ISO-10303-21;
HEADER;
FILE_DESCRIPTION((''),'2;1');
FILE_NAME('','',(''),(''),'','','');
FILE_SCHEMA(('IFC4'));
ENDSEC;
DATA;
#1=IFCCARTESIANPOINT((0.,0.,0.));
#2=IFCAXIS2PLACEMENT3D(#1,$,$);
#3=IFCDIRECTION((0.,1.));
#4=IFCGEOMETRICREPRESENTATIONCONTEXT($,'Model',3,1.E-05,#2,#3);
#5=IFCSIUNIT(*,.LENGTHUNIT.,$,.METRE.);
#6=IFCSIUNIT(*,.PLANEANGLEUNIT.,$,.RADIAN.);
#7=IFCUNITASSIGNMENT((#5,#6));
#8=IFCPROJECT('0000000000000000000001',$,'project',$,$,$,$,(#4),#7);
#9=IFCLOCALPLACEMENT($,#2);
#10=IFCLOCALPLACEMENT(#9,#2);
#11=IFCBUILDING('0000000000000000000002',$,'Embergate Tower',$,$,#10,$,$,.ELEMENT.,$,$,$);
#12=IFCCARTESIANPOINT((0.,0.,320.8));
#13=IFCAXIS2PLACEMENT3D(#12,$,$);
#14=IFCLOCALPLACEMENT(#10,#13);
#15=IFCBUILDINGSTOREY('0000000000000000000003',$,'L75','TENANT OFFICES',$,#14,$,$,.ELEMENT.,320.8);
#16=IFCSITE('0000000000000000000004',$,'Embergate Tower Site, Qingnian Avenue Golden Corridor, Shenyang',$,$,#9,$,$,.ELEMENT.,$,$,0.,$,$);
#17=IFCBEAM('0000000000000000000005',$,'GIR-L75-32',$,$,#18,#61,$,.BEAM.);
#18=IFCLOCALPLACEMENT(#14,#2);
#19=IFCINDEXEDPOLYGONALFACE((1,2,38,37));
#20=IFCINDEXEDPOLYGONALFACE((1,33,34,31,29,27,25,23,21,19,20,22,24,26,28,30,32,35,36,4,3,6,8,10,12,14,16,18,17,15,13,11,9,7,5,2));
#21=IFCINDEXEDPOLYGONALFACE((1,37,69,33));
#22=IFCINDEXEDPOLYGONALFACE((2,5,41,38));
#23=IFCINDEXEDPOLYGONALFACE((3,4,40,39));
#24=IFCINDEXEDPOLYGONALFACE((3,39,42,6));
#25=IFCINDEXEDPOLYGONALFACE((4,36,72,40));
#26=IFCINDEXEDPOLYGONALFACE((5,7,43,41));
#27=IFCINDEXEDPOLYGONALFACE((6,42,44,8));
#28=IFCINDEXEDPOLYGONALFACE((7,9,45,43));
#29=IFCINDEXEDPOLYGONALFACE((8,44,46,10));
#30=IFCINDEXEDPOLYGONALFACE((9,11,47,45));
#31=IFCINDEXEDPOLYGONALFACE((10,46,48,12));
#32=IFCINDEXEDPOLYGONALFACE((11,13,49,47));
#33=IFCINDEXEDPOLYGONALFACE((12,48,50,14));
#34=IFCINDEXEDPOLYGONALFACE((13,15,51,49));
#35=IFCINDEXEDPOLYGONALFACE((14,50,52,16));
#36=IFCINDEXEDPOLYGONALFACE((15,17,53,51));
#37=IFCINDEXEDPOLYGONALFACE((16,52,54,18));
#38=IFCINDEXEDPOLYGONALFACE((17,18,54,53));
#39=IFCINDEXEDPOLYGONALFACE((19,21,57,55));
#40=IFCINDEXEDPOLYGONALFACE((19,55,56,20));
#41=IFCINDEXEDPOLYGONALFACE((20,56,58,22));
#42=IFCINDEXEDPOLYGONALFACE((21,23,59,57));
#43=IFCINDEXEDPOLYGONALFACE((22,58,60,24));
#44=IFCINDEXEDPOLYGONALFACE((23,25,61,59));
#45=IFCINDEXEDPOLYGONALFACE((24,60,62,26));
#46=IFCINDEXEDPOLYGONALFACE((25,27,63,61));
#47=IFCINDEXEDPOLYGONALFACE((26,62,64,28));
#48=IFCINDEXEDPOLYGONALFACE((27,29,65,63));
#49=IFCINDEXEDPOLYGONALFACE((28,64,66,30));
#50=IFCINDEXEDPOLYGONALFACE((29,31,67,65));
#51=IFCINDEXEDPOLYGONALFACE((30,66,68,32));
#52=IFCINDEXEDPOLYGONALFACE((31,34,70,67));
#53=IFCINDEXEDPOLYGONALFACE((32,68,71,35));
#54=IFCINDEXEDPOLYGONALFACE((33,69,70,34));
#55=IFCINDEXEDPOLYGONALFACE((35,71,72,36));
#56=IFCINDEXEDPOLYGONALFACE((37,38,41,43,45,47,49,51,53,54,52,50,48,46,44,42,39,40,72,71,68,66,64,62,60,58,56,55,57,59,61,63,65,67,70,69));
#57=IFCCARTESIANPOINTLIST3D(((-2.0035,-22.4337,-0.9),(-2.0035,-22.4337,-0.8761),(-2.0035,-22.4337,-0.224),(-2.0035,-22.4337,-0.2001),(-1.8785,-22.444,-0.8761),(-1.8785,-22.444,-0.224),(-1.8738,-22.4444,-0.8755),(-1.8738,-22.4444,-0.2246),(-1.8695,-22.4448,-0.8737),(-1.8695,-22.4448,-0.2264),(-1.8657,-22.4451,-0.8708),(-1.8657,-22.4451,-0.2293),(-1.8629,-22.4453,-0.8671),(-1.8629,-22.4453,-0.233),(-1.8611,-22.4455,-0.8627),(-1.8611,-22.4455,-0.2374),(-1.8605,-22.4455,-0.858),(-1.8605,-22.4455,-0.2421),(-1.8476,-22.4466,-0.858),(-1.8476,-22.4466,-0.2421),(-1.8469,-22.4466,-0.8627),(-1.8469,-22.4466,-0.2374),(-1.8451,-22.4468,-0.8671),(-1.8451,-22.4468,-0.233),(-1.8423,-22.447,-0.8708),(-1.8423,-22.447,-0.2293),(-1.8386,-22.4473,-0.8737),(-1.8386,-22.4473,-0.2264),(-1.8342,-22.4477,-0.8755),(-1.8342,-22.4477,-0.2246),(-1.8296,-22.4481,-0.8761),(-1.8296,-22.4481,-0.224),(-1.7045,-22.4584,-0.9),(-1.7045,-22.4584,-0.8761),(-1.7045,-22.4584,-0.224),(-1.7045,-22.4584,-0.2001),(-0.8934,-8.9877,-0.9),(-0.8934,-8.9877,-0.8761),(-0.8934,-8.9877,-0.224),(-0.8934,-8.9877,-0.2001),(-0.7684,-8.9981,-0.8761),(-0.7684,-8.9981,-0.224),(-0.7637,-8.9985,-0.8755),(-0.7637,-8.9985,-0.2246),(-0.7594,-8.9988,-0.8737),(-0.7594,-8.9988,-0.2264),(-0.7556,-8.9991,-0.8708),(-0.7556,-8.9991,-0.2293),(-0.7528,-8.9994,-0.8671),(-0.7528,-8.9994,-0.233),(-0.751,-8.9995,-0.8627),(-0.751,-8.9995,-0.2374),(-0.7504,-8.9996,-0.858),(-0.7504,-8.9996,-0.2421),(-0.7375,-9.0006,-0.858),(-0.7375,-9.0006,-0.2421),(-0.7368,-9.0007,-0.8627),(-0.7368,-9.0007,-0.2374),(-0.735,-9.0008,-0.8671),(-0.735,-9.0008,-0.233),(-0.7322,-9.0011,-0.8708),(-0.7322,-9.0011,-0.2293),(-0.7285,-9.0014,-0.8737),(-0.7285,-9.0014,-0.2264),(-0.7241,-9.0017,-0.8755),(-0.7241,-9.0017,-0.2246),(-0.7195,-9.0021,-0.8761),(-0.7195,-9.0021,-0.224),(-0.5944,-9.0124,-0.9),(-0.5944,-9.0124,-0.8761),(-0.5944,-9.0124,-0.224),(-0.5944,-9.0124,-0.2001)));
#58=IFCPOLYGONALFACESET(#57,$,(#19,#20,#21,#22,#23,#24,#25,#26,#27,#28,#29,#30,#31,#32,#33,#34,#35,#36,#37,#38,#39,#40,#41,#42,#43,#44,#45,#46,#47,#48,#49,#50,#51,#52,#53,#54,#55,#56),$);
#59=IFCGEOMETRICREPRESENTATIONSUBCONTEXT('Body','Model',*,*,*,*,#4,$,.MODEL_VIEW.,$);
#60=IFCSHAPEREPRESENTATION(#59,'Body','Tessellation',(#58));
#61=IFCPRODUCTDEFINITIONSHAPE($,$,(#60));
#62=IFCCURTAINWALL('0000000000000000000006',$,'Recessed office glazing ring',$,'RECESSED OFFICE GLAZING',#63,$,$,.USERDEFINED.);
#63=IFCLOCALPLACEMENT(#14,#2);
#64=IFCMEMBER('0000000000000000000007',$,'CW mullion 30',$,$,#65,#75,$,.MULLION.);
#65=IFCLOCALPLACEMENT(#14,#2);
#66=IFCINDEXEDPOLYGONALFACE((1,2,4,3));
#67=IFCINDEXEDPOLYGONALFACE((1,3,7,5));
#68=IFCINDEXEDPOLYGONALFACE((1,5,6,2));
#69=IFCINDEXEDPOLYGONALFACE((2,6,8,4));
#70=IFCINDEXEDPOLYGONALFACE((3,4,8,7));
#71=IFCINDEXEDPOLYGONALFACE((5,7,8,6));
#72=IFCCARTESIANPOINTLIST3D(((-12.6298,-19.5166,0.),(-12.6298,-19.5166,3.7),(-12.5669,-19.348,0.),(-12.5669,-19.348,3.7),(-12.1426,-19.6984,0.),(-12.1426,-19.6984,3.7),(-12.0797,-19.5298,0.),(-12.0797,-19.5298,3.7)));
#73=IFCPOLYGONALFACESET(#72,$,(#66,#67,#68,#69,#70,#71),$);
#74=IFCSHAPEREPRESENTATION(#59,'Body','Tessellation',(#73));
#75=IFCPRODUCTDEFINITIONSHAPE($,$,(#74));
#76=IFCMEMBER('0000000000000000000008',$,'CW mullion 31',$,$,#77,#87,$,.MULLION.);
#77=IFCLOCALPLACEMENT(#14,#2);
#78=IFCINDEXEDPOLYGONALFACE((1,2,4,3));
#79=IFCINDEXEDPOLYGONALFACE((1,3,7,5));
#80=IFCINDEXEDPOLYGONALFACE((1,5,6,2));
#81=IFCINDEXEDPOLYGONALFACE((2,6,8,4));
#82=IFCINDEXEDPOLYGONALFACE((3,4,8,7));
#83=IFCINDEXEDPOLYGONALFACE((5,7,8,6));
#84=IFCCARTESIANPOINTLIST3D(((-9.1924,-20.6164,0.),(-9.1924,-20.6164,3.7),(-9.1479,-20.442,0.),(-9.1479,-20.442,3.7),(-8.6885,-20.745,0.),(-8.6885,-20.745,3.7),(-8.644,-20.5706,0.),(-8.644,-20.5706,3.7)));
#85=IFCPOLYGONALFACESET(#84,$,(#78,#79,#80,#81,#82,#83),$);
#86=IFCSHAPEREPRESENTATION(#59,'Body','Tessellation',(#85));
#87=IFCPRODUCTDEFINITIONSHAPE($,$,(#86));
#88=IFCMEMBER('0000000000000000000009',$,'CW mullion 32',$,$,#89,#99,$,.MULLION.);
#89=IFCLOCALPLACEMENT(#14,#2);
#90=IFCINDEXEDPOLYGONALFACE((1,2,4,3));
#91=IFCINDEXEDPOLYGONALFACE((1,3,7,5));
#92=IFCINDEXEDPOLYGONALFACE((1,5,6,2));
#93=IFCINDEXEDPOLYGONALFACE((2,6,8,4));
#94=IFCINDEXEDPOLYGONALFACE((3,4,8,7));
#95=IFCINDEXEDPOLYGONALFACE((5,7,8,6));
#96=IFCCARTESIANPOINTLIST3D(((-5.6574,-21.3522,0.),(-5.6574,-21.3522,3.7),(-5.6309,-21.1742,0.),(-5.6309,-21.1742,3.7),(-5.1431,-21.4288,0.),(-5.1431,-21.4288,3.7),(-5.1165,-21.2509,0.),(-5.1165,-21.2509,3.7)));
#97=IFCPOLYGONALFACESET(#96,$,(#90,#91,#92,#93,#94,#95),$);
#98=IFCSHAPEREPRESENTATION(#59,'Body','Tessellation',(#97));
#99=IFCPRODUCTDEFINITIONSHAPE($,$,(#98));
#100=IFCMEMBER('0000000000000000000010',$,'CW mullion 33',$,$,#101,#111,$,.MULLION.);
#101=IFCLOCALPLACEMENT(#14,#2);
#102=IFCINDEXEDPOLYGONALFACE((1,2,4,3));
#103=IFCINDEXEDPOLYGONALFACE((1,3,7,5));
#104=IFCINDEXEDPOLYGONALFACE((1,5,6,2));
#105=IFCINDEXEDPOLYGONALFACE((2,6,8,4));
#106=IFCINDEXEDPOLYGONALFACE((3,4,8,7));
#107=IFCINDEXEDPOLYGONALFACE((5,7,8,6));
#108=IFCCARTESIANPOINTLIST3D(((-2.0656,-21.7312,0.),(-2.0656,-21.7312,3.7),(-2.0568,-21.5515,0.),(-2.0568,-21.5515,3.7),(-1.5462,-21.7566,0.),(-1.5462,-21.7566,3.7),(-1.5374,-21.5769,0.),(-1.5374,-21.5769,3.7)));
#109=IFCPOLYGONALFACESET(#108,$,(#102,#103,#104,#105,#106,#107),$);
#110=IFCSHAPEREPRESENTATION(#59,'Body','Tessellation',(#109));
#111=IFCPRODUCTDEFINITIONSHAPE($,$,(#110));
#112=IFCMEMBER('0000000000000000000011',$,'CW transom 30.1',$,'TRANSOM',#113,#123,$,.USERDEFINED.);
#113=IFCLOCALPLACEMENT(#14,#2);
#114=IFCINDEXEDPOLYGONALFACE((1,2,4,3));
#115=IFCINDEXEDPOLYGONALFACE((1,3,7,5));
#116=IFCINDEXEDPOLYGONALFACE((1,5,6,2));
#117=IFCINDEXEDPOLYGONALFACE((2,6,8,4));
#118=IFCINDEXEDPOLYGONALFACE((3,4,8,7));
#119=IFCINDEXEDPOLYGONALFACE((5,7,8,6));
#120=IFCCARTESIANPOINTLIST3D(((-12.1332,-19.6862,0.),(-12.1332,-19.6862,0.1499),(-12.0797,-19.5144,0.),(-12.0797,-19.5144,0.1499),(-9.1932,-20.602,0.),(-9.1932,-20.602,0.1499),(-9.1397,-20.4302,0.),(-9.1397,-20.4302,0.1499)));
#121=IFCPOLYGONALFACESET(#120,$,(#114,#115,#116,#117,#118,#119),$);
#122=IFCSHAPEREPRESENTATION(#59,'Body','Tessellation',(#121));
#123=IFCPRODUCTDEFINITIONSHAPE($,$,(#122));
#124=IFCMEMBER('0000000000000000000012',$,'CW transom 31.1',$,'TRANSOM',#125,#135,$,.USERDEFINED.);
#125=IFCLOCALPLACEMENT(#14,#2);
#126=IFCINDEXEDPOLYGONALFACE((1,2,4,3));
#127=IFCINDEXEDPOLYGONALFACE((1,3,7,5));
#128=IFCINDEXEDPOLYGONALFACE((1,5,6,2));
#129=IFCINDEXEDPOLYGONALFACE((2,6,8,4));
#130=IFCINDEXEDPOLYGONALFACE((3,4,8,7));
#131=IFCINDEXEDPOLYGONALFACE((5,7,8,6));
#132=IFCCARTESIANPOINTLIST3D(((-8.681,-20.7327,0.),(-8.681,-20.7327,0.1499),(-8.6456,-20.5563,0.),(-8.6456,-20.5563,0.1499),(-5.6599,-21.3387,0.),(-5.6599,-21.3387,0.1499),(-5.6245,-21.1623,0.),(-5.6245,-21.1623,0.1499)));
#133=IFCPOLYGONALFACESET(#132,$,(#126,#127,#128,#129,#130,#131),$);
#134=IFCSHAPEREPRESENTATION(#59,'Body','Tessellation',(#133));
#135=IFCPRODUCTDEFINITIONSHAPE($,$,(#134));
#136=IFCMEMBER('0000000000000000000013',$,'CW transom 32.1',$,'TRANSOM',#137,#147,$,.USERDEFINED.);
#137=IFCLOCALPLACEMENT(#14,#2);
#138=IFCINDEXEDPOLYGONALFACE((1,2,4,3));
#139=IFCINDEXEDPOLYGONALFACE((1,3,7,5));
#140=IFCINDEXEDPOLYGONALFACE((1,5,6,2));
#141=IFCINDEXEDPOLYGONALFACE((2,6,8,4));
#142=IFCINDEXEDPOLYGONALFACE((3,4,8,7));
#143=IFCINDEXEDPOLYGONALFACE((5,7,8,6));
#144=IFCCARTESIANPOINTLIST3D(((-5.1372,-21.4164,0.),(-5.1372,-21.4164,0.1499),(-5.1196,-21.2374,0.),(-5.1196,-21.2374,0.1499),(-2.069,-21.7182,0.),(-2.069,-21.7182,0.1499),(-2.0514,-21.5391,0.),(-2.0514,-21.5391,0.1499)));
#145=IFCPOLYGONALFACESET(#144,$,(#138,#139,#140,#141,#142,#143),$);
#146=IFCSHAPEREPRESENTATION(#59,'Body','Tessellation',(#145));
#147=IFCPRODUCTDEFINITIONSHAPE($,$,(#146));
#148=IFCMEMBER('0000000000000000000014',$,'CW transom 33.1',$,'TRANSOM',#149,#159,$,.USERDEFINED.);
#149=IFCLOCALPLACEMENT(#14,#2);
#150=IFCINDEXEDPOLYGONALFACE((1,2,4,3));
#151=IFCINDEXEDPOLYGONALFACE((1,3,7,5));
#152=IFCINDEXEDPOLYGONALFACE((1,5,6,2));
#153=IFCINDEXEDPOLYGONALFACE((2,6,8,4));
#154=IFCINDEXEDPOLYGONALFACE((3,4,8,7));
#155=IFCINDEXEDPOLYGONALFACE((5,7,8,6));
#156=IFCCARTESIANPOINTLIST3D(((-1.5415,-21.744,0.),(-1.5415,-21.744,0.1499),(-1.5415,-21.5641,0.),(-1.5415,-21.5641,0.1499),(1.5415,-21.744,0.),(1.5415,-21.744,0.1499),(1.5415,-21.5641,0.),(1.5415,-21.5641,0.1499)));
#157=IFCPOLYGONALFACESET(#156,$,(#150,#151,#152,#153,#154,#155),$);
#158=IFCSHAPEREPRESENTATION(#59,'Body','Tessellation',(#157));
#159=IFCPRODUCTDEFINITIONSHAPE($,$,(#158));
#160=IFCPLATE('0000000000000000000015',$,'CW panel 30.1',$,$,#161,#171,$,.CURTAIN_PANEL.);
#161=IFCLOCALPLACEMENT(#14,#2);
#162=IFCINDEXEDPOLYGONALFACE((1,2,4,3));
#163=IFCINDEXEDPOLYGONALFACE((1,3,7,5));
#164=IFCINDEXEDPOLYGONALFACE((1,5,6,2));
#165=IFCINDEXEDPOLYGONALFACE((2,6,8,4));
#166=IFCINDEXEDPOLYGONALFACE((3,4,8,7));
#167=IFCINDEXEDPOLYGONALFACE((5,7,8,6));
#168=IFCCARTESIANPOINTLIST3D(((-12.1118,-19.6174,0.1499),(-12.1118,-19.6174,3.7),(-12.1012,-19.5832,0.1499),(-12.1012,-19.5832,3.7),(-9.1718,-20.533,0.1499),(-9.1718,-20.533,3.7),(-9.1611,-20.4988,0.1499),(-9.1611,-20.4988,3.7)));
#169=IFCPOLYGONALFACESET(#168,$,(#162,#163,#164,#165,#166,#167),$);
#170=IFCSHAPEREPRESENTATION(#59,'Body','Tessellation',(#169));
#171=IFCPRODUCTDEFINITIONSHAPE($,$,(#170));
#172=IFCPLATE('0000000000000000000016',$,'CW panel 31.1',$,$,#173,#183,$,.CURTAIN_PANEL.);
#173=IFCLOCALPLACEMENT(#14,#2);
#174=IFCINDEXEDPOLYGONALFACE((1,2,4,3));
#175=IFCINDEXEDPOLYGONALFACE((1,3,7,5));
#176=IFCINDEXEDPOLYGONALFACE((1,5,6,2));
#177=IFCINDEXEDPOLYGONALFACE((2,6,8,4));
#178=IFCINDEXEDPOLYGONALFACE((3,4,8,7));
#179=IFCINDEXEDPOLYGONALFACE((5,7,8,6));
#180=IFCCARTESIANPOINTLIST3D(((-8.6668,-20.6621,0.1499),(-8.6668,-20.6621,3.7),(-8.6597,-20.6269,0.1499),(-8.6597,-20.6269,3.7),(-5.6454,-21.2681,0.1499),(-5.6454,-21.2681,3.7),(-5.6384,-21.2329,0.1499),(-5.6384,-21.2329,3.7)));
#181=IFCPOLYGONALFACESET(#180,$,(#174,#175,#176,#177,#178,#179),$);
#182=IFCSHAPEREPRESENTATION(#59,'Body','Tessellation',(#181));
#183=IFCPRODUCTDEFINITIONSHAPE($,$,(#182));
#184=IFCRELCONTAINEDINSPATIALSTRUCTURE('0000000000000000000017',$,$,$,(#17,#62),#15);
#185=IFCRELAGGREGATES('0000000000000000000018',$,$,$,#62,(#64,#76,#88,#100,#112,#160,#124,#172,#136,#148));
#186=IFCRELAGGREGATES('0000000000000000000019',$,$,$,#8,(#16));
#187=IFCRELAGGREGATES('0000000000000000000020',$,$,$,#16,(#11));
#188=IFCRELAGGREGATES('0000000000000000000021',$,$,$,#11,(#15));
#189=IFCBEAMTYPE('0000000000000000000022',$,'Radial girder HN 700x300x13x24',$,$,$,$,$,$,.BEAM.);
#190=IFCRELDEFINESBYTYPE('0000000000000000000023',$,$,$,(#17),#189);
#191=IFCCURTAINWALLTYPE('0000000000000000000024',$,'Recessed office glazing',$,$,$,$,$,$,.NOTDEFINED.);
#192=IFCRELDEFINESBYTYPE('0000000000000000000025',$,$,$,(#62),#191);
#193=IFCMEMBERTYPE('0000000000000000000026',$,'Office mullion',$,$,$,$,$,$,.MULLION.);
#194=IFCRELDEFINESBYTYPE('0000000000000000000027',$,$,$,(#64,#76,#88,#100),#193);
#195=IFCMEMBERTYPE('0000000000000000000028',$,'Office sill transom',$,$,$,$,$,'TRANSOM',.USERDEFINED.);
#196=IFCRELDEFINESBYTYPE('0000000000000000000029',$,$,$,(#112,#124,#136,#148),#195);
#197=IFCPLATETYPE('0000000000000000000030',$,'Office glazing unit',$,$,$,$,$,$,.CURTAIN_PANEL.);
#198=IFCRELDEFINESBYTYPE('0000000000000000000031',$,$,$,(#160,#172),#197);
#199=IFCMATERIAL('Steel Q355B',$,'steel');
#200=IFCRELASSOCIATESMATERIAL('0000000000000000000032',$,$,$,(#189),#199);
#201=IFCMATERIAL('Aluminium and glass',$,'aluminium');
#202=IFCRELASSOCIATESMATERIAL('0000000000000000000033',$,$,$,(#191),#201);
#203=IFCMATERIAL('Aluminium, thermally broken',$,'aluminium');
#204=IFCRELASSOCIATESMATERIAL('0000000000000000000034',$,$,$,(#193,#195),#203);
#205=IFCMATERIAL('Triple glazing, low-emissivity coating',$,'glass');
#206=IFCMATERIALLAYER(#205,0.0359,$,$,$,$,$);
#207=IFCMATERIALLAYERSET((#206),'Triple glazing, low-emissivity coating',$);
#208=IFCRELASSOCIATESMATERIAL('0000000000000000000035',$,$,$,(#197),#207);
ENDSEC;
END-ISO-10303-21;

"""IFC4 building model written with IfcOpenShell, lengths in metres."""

from ifc_helpers import new_model, si_unit, direction, frame, origin, origin_2d, place, context, subcontext, project, spatial, rectangle, i_section, extrude, source, transform, mapped, material, layer, layer_set, material_profile, profile_set, type_object, element, aggregate, save


model = new_model("IFC4")

# Units and contexts
model_context = context("Model", 3, precision=1e-05, world=origin(), true_north=direction((0.0, 1.0)))
body_context = subcontext(model_context, "Body", "Model", "MODEL_VIEW")
ifc_project = project(units=[si_unit("LENGTHUNIT", "METRE"), si_unit("PLANEANGLEUNIT", "RADIAN")], contexts=[model_context])

# Site, building, storey
site_placement = place(None, origin())
site = spatial("IfcSite", under=ifc_project, at=site_placement, Name="Embergate Tower Site, Qingnian Avenue Golden Corridor, Shenyang", CompositionType="ELEMENT", RefElevation=0.0)
building_placement = place(site_placement, origin())
building = spatial("IfcBuilding", under=site, at=building_placement, Name="Embergate Tower", CompositionType="ELEMENT")
storey_placement = place(building_placement, frame((0.0, 0.0, 320.8)))
storey = spatial("IfcBuildingStorey", under=building, at=storey_placement, Name="L75", Description="TENANT OFFICES", CompositionType="ELEMENT", Elevation=320.8)

# Beam
ifc_material_1 = material(Name="Steel Q355B", Category="steel")
ifc_material_profile_1 = material_profile(ifc_material_1, i_section(OverallWidth=0.3, OverallDepth=0.7, WebThickness=0.0129, FlangeThickness=0.0239, FilletRadius=0.0181, at=origin_2d()), Name="HN 700x300x13x24")
ifc_profile_set_1 = profile_set([ifc_material_profile_1], Name="Steel Q355 grade B")
beam_type_1 = type_object("IfcBeamType", Name="Radial girder HN 700x300x13x24", PredefinedType="BEAM", material=ifc_profile_set_1)
shared_shape_1 = source(origin(), body_context, "Body", "SweptSolid", [
    extrude(i_section(OverallWidth=0.3, OverallDepth=0.7, WebThickness=0.0129, FlangeThickness=0.0239, FilletRadius=0.0181, at=origin_2d()), origin(), (0.0, 0.0, 1.0), 13.4917),
])
beam_1_placement = place(storey_placement, frame((-1.854, -22.446, -0.55), z_axis=(0.08228, 0.996609, 0.0), x_axis=(-0.996609, 0.08228, 0.0)))
element("IfcBeam", 1, at=beam_1_placement, inside=storey, type_object=beam_type_1, Name="GIR-L75-32", PredefinedType="BEAM", context=body_context, shape_type="MappedRepresentation", body=[
    mapped(shared_shape_1, transform((0.0, 0.0, 0.0))),
])

# Curtain wall, members
ifc_material_2 = material(Name="Aluminium and glass", Category="aluminium")
curtain_wall_type = type_object("IfcCurtainWallType", Name="Recessed office glazing", PredefinedType="NOTDEFINED", material=ifc_material_2)
curtain_wall_placement = place(storey_placement, origin())
curtain_wall = element("IfcCurtainWall", 2, at=curtain_wall_placement, inside=storey, type_object=curtain_wall_type, Name="Recessed office glazing ring", ObjectType="RECESSED OFFICE GLAZING", PredefinedType="USERDEFINED")
ifc_material_3 = material(Name="Aluminium, thermally broken", Category="aluminium")
ifc_material_profile_2 = material_profile(ifc_material_3, rectangle(XDim=0.1799, YDim=0.52, at=origin_2d()), Name="AL 520x180")
ifc_profile_set_2 = profile_set([ifc_material_profile_2], Name="Aluminium, thermally broken")
member_type_1 = type_object("IfcMemberType", Name="Office mullion", PredefinedType="MULLION", material=ifc_profile_set_2)
shared_shape_2 = source(origin(), body_context, "Body", "SweptSolid", [
    extrude(rectangle(XDim=0.1799, YDim=0.52, at=origin_2d()), origin(), (0.0, 0.0, 1.0), 3.7),
])
member_1_placement = place(storey_placement, frame((-12.3547, -19.5232, 0.0), z_axis=(0.0, 0.0, 1.0), x_axis=(0.349501, 0.936936, 0.0)))
member_1 = element("IfcMember", 3, at=member_1_placement, type_object=member_type_1, Name="CW mullion 30", PredefinedType="MULLION", context=body_context, shape_type="MappedRepresentation", body=[
    mapped(shared_shape_2, transform((0.0, 0.0, 0.0))),
])
member_2_placement = place(storey_placement, frame((-8.9182, -20.5935, 0.0), z_axis=(0.0, 0.0, 1.0), x_axis=(0.247312, 0.968936, 0.0)))
member_2 = element("IfcMember", 4, at=member_2_placement, type_object=member_type_1, Name="CW mullion 31", PredefinedType="MULLION", context=body_context, shape_type="MappedRepresentation", body=[
    mapped(shared_shape_2, transform((0.0, 0.0, 0.0))),
])
member_3_placement = place(storey_placement, frame((-5.387, -21.3015, 0.0), z_axis=(0.0, 0.0, 1.0), x_axis=(0.147412, 0.989075, 0.0)))
member_3 = element("IfcMember", 5, at=member_3_placement, type_object=member_type_1, Name="CW mullion 32", PredefinedType="MULLION", context=body_context, shape_type="MappedRepresentation", body=[
    mapped(shared_shape_2, transform((0.0, 0.0, 0.0))),
])
member_4_placement = place(storey_placement, frame((-1.8015, -21.6541, 0.0), z_axis=(0.0, 0.0, 1.0), x_axis=(0.048972, 0.9988, 0.0)))
member_4 = element("IfcMember", 6, at=member_4_placement, type_object=member_type_1, Name="CW mullion 33", PredefinedType="MULLION", context=body_context, shape_type="MappedRepresentation", body=[
    mapped(shared_shape_2, transform((0.0, 0.0, 0.0))),
])
ifc_material_profile_3 = material_profile(ifc_material_3, rectangle(XDim=0.1799, YDim=0.1499, at=origin_2d()), Name="AL 150x180")
ifc_profile_set_3 = profile_set([ifc_material_profile_3], Name="Aluminium, thermally broken")
member_type_2 = type_object("IfcMemberType", Name="Office sill transom", ElementType="TRANSOM", PredefinedType="USERDEFINED", material=ifc_profile_set_3)
shared_shape_3 = source(origin(), body_context, "Body", "SweptSolid", [
    extrude(rectangle(XDim=0.1799, YDim=0.1499, at=origin_2d()), origin(), (0.0, 0.0, 1.0), 3.0793),
])
member_5_placement = place(storey_placement, frame((-12.1064, -19.6003, 0.075), z_axis=(0.954753, -0.297399, 0.0), x_axis=(0.297399, 0.954753, 0.0)))
member_5 = element("IfcMember", 7, at=member_5_placement, type_object=member_type_2, Name="CW transom 30.1", ObjectType="TRANSOM", PredefinedType="USERDEFINED", context=body_context, shape_type="MappedRepresentation", body=[
    mapped(shared_shape_3, transform((0.0, 0.0, 0.0))),
])
shared_shape_4 = source(origin(), body_context, "Body", "SweptSolid", [
    extrude(rectangle(XDim=0.1799, YDim=0.1499, at=origin_2d()), origin(), (0.0, 0.0, 1.0), 3.0813),
])
member_6_placement = place(storey_placement, frame((-8.6633, -20.6445, 0.075), z_axis=(0.980474, -0.196649, 0.0), x_axis=(0.196649, 0.980474, 0.0)))
member_6 = element("IfcMember", 8, at=member_6_placement, type_object=member_type_2, Name="CW transom 31.1", ObjectType="TRANSOM", PredefinedType="USERDEFINED", context=body_context, shape_type="MappedRepresentation", body=[
    mapped(shared_shape_4, transform((0.0, 0.0, 0.0))),
])
shared_shape_5 = source(origin(), body_context, "Body", "SweptSolid", [
    extrude(rectangle(XDim=0.1799, YDim=0.1499, at=origin_2d()), origin(), (0.0, 0.0, 1.0), 3.083),
])
member_7_placement = place(storey_placement, frame((-5.1284, -21.3269, 0.075), z_axis=(0.995198, -0.097881, 0.0), x_axis=(0.097881, 0.995198, 0.0)))
member_7 = element("IfcMember", 9, at=member_7_placement, type_object=member_type_2, Name="CW transom 32.1", ObjectType="TRANSOM", PredefinedType="USERDEFINED", context=body_context, shape_type="MappedRepresentation", body=[
    mapped(shared_shape_5, transform((0.0, 0.0, 0.0))),
])
member_8_placement = place(storey_placement, frame((-1.5415, -21.6541, 0.075), z_axis=(1.0, 0.0, 0.0), x_axis=(0.0, 1.0, 0.0)))
member_8 = element("IfcMember", 10, at=member_8_placement, type_object=member_type_2, Name="CW transom 33.1", ObjectType="TRANSOM", PredefinedType="USERDEFINED", context=body_context, shape_type="MappedRepresentation", body=[
    mapped(shared_shape_5, transform((0.0, 0.0, 0.0))),
])

# Plates
ifc_material_4 = material(Name="Triple glazing, low-emissivity coating", Category="glass")
ifc_layer_1 = layer(ifc_material_4, 0.0359)
ifc_layer_set_1 = layer_set([ifc_layer_1], Name="Triple glazing, low-emissivity coating")
plate_type = type_object("IfcPlateType", Name="Office glazing unit", PredefinedType="CURTAIN_PANEL", material=ifc_layer_set_1)
shared_shape_6 = source(origin(), body_context, "Body", "SweptSolid", [
    extrude(rectangle(XDim=3.0793, YDim=0.0359, at=origin_2d()), origin(), (0.0, 0.0, 1.0), 3.55),
])
plate_1_placement = place(storey_placement, frame((-10.6365, -20.0581, 0.1499), z_axis=(0.0, 0.0, 1.0), x_axis=(0.954771, -0.297342, 0.0)))
plate_1 = element("IfcPlate", 11, at=plate_1_placement, type_object=plate_type, Name="CW panel 30.1", PredefinedType="CURTAIN_PANEL", context=body_context, shape_type="MappedRepresentation", body=[
    mapped(shared_shape_6, transform((0.0, 0.0, 0.0))),
])
shared_shape_7 = source(origin(), body_context, "Body", "SweptSolid", [
    extrude(rectangle(XDim=3.0815, YDim=0.0359, at=origin_2d()), origin(), (0.0, 0.0, 1.0), 3.55),
])
plate_2_placement = place(storey_placement, frame((-7.1526, -20.9475, 0.1499), z_axis=(0.0, 0.0, 1.0), x_axis=(0.980475, -0.196643, 0.0)))
plate_2 = element("IfcPlate", 12, at=plate_2_placement, type_object=plate_type, Name="CW panel 31.1", PredefinedType="CURTAIN_PANEL", context=body_context, shape_type="MappedRepresentation", body=[
    mapped(shared_shape_7, transform((0.0, 0.0, 0.0))),
])
aggregate(curtain_wall, [member_1, member_2, member_3, member_4, member_5, plate_1, member_6, plate_2, member_7, member_8])

save(model, "model.ifc")
